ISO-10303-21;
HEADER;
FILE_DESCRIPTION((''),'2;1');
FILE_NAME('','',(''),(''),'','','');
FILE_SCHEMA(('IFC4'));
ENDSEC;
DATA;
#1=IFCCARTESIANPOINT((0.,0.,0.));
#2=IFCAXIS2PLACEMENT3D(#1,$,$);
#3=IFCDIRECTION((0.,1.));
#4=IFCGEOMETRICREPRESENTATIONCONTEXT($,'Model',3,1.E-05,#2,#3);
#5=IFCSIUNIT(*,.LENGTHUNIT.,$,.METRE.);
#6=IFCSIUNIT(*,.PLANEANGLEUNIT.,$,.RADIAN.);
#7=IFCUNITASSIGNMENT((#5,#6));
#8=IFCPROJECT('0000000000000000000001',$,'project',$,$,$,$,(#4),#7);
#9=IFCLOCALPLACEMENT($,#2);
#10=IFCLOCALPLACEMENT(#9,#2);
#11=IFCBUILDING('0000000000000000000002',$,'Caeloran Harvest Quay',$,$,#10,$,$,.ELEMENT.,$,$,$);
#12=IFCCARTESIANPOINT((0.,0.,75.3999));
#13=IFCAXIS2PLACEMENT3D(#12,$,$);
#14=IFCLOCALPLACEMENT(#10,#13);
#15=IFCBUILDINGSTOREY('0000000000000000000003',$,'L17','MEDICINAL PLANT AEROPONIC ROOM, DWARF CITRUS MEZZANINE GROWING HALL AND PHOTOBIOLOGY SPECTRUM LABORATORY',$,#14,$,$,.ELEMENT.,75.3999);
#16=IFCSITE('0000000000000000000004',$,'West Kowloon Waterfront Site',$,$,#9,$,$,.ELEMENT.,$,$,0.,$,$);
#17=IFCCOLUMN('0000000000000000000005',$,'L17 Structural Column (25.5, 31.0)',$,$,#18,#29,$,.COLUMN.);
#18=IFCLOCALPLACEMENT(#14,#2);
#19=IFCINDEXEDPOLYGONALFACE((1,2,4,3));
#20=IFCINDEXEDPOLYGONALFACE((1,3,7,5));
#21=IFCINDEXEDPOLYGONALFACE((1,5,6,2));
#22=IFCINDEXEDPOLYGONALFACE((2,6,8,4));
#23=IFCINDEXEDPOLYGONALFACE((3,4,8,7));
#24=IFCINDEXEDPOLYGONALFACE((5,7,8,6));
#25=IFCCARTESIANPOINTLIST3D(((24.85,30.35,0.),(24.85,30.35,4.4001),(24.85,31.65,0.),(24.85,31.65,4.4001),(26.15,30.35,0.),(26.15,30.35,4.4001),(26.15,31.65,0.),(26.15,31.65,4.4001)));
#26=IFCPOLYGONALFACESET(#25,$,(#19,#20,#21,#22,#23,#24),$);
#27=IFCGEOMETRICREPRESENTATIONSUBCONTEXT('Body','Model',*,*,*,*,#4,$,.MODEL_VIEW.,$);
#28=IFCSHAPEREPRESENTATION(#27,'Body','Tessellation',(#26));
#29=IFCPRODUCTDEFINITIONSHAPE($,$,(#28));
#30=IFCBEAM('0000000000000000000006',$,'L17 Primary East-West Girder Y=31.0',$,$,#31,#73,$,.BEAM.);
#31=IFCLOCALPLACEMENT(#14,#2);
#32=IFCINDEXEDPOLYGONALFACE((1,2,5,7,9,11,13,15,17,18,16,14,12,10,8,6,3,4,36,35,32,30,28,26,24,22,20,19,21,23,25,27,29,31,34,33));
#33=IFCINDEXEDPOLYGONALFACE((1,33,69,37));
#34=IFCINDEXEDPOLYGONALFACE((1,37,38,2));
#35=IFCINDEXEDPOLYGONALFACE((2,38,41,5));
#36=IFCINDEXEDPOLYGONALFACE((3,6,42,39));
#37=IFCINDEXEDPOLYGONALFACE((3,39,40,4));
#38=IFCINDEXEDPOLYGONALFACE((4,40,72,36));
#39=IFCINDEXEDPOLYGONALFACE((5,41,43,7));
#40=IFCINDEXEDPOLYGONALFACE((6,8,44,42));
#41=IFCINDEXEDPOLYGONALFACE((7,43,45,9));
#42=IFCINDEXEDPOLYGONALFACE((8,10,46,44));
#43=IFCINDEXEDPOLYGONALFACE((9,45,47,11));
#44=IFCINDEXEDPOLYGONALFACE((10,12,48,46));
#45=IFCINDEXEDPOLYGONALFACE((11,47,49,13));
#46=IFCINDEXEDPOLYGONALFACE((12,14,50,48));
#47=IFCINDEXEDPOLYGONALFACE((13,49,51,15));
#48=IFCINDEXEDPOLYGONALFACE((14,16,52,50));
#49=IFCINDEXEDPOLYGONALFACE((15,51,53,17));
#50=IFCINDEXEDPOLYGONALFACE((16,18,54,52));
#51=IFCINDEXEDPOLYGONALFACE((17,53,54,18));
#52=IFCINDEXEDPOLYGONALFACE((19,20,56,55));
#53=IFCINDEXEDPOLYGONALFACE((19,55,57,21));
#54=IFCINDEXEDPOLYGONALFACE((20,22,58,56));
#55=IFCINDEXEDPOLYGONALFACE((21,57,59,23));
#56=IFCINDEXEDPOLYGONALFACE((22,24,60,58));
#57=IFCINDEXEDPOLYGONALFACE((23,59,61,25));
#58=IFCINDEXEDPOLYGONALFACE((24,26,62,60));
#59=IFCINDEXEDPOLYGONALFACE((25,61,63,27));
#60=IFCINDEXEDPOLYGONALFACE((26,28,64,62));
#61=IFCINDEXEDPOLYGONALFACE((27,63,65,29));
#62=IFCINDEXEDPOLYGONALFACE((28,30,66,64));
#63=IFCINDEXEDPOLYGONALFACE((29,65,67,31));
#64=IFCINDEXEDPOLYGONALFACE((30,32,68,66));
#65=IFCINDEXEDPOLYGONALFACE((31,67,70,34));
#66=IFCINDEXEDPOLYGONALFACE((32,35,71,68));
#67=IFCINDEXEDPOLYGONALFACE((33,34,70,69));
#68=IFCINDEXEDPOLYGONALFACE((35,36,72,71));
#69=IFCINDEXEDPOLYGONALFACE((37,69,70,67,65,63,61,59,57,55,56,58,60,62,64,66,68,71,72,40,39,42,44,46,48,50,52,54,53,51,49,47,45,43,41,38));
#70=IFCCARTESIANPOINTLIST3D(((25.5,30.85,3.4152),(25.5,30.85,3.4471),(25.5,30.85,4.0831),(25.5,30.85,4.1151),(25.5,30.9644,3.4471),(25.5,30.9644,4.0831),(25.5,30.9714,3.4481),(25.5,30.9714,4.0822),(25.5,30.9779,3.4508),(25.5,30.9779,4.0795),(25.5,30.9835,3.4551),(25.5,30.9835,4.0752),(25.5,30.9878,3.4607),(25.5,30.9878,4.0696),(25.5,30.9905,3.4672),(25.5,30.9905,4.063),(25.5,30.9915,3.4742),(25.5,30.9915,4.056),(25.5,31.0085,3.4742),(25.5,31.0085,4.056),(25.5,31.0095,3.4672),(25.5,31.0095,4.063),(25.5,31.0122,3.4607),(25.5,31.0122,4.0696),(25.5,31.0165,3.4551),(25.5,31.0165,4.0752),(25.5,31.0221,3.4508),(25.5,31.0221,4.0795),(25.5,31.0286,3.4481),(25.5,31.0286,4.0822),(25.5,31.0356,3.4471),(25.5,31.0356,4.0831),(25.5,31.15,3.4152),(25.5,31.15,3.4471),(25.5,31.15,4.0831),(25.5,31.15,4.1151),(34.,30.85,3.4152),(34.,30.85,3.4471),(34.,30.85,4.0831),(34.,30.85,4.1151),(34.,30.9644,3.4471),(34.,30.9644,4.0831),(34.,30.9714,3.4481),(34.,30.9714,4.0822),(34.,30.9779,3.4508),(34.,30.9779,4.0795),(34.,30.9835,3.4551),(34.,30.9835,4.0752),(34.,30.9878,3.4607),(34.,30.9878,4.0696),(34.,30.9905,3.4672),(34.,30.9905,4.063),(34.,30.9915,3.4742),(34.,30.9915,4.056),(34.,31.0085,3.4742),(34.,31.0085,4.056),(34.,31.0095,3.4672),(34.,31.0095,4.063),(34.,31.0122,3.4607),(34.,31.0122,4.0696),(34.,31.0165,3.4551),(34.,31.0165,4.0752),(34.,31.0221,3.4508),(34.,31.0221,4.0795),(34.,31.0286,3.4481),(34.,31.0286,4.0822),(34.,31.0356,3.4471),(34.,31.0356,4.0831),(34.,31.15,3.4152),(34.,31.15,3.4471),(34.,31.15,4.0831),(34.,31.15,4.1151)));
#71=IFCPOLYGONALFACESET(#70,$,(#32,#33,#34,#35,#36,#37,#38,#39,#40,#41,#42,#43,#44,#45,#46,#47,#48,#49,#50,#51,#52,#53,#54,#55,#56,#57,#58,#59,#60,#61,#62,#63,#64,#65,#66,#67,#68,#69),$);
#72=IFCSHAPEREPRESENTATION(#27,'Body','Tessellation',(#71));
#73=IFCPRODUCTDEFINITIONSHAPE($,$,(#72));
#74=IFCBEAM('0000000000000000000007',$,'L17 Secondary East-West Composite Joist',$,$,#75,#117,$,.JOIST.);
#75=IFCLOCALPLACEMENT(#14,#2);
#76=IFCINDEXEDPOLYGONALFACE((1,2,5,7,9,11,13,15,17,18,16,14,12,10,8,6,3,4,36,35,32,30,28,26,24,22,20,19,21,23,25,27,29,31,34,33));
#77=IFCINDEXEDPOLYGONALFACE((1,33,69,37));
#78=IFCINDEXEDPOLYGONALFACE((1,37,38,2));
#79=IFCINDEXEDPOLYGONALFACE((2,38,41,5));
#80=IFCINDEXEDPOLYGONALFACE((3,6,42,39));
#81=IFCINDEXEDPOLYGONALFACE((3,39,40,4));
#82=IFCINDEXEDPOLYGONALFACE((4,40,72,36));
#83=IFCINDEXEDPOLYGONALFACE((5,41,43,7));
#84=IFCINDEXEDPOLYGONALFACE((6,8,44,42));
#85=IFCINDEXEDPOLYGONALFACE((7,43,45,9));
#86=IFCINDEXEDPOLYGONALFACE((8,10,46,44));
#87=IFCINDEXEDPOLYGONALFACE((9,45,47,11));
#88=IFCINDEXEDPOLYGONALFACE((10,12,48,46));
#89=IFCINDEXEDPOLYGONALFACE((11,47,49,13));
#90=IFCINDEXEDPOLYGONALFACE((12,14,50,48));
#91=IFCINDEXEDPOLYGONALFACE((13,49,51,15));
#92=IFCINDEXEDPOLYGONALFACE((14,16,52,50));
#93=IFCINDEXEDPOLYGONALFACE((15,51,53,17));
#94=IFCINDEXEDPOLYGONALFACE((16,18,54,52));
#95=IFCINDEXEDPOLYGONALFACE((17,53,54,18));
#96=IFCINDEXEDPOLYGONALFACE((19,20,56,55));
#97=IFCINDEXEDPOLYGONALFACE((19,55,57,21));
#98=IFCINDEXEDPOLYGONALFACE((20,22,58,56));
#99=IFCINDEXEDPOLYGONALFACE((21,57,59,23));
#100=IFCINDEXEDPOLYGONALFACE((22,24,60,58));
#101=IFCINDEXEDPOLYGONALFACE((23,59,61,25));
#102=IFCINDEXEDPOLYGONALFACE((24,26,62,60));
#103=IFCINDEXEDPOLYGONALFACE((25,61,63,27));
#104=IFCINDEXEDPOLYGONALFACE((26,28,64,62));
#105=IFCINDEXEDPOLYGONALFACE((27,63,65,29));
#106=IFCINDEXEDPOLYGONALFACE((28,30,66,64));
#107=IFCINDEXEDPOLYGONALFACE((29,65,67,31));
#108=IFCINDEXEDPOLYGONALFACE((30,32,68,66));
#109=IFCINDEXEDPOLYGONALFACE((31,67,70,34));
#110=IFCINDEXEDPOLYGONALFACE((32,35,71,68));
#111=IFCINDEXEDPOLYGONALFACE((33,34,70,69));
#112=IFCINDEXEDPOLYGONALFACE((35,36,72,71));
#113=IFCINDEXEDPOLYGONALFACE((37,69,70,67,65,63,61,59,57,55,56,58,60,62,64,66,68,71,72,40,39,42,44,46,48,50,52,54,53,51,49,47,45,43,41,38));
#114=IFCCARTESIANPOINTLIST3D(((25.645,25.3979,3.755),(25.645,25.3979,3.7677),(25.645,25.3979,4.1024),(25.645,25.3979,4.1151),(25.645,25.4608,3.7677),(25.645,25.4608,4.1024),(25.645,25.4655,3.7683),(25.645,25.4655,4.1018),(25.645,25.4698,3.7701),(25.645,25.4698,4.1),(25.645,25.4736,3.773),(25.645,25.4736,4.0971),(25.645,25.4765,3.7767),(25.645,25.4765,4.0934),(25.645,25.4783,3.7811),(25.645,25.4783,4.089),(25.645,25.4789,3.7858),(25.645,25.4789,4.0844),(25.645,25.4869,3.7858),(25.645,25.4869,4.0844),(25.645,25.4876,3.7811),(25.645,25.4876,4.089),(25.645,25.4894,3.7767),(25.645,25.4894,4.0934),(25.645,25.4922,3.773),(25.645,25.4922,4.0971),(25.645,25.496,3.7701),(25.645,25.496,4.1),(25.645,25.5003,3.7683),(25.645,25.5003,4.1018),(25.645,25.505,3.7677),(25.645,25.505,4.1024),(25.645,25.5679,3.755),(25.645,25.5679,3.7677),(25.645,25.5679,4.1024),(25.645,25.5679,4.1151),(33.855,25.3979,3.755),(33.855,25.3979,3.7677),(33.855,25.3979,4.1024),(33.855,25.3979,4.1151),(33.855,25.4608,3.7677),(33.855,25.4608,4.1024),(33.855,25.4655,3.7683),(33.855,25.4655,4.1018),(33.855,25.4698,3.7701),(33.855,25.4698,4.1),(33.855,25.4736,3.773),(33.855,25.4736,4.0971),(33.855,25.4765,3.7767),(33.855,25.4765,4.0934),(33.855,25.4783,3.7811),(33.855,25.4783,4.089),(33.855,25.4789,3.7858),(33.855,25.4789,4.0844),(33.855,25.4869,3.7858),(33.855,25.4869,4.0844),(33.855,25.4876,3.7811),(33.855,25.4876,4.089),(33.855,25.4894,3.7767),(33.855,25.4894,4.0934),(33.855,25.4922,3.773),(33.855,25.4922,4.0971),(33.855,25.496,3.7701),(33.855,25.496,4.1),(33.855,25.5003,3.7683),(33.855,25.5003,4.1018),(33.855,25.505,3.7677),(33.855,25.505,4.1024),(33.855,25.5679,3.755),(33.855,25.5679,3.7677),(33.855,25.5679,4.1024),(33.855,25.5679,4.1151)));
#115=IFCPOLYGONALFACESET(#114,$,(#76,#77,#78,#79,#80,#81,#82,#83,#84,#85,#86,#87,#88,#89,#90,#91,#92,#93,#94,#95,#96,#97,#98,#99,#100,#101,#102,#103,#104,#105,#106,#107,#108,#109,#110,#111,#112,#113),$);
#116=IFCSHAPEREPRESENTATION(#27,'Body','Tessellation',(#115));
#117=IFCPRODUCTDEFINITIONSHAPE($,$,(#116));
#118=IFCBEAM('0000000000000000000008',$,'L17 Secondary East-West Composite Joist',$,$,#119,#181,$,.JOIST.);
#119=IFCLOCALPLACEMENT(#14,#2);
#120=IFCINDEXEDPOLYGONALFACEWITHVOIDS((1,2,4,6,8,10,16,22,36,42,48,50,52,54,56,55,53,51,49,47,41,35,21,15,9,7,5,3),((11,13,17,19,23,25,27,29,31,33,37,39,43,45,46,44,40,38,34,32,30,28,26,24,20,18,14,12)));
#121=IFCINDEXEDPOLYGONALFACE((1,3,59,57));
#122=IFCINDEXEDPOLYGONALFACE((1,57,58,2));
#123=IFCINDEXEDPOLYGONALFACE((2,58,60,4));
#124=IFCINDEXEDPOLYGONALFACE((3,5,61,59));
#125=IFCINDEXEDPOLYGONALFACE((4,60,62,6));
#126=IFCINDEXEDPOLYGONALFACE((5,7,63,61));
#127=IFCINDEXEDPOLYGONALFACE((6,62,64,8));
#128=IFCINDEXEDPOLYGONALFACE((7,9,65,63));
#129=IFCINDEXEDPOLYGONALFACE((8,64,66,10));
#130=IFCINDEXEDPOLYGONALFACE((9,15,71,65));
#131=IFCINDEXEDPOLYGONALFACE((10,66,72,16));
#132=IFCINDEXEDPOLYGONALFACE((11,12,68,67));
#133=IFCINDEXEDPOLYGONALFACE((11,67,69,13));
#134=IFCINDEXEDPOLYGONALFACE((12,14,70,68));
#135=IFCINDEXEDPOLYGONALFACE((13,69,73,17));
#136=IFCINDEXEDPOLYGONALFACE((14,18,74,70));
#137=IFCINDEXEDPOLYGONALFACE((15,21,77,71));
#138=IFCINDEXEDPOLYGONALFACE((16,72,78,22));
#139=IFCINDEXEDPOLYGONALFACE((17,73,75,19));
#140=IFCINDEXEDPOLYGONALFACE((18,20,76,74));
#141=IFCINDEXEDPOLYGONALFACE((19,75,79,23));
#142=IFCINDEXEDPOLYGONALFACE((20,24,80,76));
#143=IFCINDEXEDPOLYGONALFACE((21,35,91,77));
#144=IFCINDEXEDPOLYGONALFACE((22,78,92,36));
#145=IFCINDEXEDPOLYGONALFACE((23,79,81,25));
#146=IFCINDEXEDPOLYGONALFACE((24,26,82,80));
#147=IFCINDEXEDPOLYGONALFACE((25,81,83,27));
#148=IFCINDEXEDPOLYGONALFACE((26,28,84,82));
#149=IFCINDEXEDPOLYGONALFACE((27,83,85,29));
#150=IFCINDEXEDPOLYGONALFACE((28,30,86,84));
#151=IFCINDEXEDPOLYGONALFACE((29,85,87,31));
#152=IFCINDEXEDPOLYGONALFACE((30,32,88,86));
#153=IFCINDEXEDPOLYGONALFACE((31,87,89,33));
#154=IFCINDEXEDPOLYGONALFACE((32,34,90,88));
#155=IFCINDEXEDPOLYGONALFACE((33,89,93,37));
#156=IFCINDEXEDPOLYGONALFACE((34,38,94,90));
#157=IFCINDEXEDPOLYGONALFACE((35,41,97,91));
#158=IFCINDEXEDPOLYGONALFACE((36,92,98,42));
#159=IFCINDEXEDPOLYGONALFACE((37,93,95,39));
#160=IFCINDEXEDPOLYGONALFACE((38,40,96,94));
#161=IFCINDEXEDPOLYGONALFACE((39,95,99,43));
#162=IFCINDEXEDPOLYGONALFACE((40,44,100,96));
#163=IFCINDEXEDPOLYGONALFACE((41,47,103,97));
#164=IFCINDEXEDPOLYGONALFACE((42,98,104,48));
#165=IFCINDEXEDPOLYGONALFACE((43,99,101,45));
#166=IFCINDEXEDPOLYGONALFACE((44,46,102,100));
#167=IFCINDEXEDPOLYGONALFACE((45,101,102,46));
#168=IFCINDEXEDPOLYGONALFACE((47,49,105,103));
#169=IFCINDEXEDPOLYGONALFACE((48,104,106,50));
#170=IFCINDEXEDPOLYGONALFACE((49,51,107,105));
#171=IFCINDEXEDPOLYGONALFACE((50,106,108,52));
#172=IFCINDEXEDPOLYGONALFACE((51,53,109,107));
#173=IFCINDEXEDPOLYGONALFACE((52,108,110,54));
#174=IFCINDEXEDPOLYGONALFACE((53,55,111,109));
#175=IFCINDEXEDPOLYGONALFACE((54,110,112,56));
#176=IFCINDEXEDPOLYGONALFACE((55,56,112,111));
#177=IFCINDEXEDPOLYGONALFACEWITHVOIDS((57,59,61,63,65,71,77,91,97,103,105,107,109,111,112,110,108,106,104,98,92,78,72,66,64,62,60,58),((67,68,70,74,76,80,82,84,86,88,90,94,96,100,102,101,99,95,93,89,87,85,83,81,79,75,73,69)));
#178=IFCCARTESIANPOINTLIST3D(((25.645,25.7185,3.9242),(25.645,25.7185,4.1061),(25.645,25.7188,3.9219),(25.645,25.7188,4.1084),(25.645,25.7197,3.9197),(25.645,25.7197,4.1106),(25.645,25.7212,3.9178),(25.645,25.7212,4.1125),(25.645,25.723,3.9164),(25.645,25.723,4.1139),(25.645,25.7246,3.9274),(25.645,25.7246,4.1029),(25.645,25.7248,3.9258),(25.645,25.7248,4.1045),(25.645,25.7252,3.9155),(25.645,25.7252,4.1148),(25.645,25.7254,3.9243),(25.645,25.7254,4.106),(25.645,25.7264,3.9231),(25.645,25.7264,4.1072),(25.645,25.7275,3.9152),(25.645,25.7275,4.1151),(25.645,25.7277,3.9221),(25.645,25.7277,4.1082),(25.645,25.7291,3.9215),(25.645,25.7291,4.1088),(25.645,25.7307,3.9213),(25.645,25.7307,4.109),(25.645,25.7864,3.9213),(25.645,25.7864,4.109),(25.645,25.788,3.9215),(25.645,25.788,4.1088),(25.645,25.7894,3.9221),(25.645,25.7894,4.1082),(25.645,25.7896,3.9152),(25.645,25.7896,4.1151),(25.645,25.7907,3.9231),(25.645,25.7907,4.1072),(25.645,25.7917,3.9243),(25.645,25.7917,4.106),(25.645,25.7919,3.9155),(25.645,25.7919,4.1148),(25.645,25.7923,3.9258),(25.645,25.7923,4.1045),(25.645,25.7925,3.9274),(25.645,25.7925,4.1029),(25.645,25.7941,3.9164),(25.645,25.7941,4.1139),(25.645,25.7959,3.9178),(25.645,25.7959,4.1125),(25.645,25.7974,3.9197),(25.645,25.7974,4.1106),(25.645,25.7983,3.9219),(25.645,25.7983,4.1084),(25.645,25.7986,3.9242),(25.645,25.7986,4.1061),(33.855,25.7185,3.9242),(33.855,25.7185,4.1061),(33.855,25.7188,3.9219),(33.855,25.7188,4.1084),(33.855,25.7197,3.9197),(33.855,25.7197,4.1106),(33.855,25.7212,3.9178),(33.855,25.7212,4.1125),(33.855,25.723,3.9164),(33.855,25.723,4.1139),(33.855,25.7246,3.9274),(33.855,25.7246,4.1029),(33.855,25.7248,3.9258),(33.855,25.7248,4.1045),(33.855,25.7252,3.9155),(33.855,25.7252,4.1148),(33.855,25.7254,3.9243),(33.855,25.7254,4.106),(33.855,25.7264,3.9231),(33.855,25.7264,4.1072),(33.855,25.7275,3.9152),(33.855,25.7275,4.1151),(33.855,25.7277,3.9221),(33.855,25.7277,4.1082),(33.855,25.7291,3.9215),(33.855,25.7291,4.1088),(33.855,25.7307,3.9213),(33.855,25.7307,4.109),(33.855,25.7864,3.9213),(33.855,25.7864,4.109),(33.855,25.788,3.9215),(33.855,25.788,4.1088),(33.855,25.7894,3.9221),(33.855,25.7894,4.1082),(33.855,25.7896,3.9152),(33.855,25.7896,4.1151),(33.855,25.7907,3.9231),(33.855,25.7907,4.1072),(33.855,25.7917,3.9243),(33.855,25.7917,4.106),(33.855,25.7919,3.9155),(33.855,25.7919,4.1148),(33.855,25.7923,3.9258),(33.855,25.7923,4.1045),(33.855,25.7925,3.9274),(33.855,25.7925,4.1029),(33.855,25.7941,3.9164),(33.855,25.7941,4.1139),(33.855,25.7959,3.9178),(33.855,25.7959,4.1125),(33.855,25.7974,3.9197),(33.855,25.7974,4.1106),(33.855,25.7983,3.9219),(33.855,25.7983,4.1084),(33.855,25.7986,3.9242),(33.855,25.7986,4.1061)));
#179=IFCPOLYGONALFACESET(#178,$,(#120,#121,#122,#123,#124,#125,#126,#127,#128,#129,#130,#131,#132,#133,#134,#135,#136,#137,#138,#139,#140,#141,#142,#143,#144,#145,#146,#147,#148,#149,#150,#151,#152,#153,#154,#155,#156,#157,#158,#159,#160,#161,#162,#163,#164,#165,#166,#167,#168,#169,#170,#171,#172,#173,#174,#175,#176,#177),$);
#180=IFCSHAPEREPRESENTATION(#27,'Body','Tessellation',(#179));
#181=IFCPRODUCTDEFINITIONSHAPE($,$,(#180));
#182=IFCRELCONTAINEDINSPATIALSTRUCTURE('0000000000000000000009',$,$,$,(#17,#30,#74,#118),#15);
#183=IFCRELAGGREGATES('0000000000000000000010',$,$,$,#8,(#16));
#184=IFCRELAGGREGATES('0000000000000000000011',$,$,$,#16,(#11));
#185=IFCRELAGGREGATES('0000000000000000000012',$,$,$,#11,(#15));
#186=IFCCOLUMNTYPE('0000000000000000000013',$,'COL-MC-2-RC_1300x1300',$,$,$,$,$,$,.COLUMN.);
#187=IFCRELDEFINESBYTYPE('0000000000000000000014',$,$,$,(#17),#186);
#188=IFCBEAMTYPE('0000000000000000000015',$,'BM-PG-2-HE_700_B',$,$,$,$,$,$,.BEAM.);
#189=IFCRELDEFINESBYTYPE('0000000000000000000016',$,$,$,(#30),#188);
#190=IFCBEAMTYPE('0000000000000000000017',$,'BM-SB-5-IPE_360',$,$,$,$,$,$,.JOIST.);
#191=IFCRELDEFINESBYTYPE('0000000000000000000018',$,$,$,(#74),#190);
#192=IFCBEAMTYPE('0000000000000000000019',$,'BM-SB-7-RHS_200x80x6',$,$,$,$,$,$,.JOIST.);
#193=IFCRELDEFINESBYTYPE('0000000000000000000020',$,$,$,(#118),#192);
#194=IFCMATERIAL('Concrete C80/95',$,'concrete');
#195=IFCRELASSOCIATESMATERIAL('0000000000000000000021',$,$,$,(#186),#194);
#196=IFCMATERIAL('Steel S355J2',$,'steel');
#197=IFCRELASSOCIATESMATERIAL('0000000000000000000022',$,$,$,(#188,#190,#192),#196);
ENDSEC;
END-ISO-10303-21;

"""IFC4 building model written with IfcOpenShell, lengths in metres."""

from ifc_helpers import new_model, si_unit, direction, frame, origin, origin_2d, place, context, subcontext, project, spatial, rectangle, hollow_rectangle, i_section, extrude, material, material_profile, profile_set, type_object, element, save


model = new_model("IFC4")

# Units and contexts
model_context = context("Model", 3, precision=1e-05, world=origin(), true_north=direction((0.0, 1.0)))
body_context = subcontext(model_context, "Body", "Model", "MODEL_VIEW")
ifc_project = project(units=[si_unit("LENGTHUNIT", "METRE"), si_unit("PLANEANGLEUNIT", "RADIAN")], contexts=[model_context])

# Site, building, storey
site_placement = place(None, origin())
site = spatial("IfcSite", under=ifc_project, at=site_placement, Name="West Kowloon Waterfront Site", CompositionType="ELEMENT", RefElevation=0.0)
building_placement = place(site_placement, origin())
building = spatial("IfcBuilding", under=site, at=building_placement, Name="Caeloran Harvest Quay", CompositionType="ELEMENT")
storey_placement = place(building_placement, frame((0.0, 0.0, 75.3999)))
storey = spatial("IfcBuildingStorey", under=building, at=storey_placement, Name="L17", Description="MEDICINAL PLANT AEROPONIC ROOM, DWARF CITRUS MEZZANINE GROWING HALL AND PHOTOBIOLOGY SPECTRUM LABORATORY", CompositionType="ELEMENT", Elevation=75.3999)

# Column
ifc_material_1 = material(Name="Concrete C80/95", Category="concrete")
ifc_material_profile_1 = material_profile(ifc_material_1, rectangle(XDim=1.3, YDim=1.3, at=origin_2d()), Name="RC 1300x1300")
ifc_profile_set_1 = profile_set([ifc_material_profile_1], Name="Concrete C80/95")
column_type = type_object("IfcColumnType", Name="COL-MC-2-RC_1300x1300", PredefinedType="COLUMN", material=ifc_profile_set_1)
column_placement = place(storey_placement, frame((25.5, 31.0, 0.0), z_axis=(0.0, 0.0, 1.0), x_axis=(1.0, 0.0, 0.0)))
element("IfcColumn", 1, at=column_placement, inside=storey, type_object=column_type, Name="L17 Structural Column (25.5, 31.0)", PredefinedType="COLUMN", context=body_context, shape_type="SweptSolid", body=[
    extrude(rectangle(XDim=1.3, YDim=1.3, at=origin_2d()), origin(), (0.0, 0.0, 1.0), 4.4001),
])

# Beams
ifc_material_2 = material(Name="Steel S355J2", Category="steel")
ifc_material_profile_2 = material_profile(ifc_material_2, i_section(OverallWidth=0.3, OverallDepth=0.7, WebThickness=0.0171, FlangeThickness=0.032, FilletRadius=0.0271, at=origin_2d()), Name="HE 700 B")
ifc_profile_set_2 = profile_set([ifc_material_profile_2], Name="Steel S355J2")
beam_type_1 = type_object("IfcBeamType", Name="BM-PG-2-HE_700_B", PredefinedType="BEAM", material=ifc_profile_set_2)
beam_1_placement = place(storey_placement, frame((25.5, 31.0, 3.7651), z_axis=(1.0, 0.0, 0.0), x_axis=(0.0, 1.0, 0.0)))
element("IfcBeam", 2, at=beam_1_placement, inside=storey, type_object=beam_type_1, Name="L17 Primary East-West Girder Y=31.0", PredefinedType="BEAM", context=body_context, shape_type="SweptSolid", body=[
    extrude(i_section(OverallWidth=0.3, OverallDepth=0.7, WebThickness=0.0171, FlangeThickness=0.032, FilletRadius=0.0271, at=origin_2d()), origin(), (0.0, 0.0, 1.0), 8.5),
])
ifc_material_profile_3 = material_profile(ifc_material_2, i_section(OverallWidth=0.1699, OverallDepth=0.3601, WebThickness=0.0081, FlangeThickness=0.0127, FilletRadius=0.0181, at=origin_2d()), Name="IPE 360")
ifc_profile_set_3 = profile_set([ifc_material_profile_3], Name="Steel S355J2")
beam_type_2 = type_object("IfcBeamType", Name="BM-SB-5-IPE_360", PredefinedType="JOIST", material=ifc_profile_set_3)
beam_2_placement = place(storey_placement, frame((25.645, 25.4829, 3.9351), z_axis=(1.0, 0.0, 0.0), x_axis=(0.0, 1.0, 0.0)))
element("IfcBeam", 3, at=beam_2_placement, inside=storey, type_object=beam_type_2, Name="L17 Secondary East-West Composite Joist", PredefinedType="JOIST", context=body_context, shape_type="SweptSolid", body=[
    extrude(i_section(OverallWidth=0.1699, OverallDepth=0.3601, WebThickness=0.0081, FlangeThickness=0.0127, FilletRadius=0.0181, at=origin_2d()), origin(), (0.0, 0.0, 1.0), 8.21),
])
ifc_material_profile_4 = material_profile(ifc_material_2, hollow_rectangle(XDim=0.0801, YDim=0.2, WallThickness=0.0061, InnerFilletRadius=0.0061, OuterFilletRadius=0.009, at=origin_2d()), Name="RHS 200x80x6")
ifc_profile_set_4 = profile_set([ifc_material_profile_4], Name="Steel S355J2")
beam_type_3 = type_object("IfcBeamType", Name="BM-SB-7-RHS_200x80x6", PredefinedType="JOIST", material=ifc_profile_set_4)
beam_3_placement = place(storey_placement, frame((25.645, 25.7585, 4.0151), z_axis=(1.0, 0.0, 0.0), x_axis=(0.0, 1.0, 0.0)))
element("IfcBeam", 4, at=beam_3_placement, inside=storey, type_object=beam_type_3, Name="L17 Secondary East-West Composite Joist", PredefinedType="JOIST", context=body_context, shape_type="SweptSolid", body=[
    extrude(hollow_rectangle(XDim=0.0801, YDim=0.2, WallThickness=0.0061, InnerFilletRadius=0.0061, OuterFilletRadius=0.009, at=origin_2d()), origin(), (0.0, 0.0, 1.0), 8.21),
])

save(model, "model.ifc")
